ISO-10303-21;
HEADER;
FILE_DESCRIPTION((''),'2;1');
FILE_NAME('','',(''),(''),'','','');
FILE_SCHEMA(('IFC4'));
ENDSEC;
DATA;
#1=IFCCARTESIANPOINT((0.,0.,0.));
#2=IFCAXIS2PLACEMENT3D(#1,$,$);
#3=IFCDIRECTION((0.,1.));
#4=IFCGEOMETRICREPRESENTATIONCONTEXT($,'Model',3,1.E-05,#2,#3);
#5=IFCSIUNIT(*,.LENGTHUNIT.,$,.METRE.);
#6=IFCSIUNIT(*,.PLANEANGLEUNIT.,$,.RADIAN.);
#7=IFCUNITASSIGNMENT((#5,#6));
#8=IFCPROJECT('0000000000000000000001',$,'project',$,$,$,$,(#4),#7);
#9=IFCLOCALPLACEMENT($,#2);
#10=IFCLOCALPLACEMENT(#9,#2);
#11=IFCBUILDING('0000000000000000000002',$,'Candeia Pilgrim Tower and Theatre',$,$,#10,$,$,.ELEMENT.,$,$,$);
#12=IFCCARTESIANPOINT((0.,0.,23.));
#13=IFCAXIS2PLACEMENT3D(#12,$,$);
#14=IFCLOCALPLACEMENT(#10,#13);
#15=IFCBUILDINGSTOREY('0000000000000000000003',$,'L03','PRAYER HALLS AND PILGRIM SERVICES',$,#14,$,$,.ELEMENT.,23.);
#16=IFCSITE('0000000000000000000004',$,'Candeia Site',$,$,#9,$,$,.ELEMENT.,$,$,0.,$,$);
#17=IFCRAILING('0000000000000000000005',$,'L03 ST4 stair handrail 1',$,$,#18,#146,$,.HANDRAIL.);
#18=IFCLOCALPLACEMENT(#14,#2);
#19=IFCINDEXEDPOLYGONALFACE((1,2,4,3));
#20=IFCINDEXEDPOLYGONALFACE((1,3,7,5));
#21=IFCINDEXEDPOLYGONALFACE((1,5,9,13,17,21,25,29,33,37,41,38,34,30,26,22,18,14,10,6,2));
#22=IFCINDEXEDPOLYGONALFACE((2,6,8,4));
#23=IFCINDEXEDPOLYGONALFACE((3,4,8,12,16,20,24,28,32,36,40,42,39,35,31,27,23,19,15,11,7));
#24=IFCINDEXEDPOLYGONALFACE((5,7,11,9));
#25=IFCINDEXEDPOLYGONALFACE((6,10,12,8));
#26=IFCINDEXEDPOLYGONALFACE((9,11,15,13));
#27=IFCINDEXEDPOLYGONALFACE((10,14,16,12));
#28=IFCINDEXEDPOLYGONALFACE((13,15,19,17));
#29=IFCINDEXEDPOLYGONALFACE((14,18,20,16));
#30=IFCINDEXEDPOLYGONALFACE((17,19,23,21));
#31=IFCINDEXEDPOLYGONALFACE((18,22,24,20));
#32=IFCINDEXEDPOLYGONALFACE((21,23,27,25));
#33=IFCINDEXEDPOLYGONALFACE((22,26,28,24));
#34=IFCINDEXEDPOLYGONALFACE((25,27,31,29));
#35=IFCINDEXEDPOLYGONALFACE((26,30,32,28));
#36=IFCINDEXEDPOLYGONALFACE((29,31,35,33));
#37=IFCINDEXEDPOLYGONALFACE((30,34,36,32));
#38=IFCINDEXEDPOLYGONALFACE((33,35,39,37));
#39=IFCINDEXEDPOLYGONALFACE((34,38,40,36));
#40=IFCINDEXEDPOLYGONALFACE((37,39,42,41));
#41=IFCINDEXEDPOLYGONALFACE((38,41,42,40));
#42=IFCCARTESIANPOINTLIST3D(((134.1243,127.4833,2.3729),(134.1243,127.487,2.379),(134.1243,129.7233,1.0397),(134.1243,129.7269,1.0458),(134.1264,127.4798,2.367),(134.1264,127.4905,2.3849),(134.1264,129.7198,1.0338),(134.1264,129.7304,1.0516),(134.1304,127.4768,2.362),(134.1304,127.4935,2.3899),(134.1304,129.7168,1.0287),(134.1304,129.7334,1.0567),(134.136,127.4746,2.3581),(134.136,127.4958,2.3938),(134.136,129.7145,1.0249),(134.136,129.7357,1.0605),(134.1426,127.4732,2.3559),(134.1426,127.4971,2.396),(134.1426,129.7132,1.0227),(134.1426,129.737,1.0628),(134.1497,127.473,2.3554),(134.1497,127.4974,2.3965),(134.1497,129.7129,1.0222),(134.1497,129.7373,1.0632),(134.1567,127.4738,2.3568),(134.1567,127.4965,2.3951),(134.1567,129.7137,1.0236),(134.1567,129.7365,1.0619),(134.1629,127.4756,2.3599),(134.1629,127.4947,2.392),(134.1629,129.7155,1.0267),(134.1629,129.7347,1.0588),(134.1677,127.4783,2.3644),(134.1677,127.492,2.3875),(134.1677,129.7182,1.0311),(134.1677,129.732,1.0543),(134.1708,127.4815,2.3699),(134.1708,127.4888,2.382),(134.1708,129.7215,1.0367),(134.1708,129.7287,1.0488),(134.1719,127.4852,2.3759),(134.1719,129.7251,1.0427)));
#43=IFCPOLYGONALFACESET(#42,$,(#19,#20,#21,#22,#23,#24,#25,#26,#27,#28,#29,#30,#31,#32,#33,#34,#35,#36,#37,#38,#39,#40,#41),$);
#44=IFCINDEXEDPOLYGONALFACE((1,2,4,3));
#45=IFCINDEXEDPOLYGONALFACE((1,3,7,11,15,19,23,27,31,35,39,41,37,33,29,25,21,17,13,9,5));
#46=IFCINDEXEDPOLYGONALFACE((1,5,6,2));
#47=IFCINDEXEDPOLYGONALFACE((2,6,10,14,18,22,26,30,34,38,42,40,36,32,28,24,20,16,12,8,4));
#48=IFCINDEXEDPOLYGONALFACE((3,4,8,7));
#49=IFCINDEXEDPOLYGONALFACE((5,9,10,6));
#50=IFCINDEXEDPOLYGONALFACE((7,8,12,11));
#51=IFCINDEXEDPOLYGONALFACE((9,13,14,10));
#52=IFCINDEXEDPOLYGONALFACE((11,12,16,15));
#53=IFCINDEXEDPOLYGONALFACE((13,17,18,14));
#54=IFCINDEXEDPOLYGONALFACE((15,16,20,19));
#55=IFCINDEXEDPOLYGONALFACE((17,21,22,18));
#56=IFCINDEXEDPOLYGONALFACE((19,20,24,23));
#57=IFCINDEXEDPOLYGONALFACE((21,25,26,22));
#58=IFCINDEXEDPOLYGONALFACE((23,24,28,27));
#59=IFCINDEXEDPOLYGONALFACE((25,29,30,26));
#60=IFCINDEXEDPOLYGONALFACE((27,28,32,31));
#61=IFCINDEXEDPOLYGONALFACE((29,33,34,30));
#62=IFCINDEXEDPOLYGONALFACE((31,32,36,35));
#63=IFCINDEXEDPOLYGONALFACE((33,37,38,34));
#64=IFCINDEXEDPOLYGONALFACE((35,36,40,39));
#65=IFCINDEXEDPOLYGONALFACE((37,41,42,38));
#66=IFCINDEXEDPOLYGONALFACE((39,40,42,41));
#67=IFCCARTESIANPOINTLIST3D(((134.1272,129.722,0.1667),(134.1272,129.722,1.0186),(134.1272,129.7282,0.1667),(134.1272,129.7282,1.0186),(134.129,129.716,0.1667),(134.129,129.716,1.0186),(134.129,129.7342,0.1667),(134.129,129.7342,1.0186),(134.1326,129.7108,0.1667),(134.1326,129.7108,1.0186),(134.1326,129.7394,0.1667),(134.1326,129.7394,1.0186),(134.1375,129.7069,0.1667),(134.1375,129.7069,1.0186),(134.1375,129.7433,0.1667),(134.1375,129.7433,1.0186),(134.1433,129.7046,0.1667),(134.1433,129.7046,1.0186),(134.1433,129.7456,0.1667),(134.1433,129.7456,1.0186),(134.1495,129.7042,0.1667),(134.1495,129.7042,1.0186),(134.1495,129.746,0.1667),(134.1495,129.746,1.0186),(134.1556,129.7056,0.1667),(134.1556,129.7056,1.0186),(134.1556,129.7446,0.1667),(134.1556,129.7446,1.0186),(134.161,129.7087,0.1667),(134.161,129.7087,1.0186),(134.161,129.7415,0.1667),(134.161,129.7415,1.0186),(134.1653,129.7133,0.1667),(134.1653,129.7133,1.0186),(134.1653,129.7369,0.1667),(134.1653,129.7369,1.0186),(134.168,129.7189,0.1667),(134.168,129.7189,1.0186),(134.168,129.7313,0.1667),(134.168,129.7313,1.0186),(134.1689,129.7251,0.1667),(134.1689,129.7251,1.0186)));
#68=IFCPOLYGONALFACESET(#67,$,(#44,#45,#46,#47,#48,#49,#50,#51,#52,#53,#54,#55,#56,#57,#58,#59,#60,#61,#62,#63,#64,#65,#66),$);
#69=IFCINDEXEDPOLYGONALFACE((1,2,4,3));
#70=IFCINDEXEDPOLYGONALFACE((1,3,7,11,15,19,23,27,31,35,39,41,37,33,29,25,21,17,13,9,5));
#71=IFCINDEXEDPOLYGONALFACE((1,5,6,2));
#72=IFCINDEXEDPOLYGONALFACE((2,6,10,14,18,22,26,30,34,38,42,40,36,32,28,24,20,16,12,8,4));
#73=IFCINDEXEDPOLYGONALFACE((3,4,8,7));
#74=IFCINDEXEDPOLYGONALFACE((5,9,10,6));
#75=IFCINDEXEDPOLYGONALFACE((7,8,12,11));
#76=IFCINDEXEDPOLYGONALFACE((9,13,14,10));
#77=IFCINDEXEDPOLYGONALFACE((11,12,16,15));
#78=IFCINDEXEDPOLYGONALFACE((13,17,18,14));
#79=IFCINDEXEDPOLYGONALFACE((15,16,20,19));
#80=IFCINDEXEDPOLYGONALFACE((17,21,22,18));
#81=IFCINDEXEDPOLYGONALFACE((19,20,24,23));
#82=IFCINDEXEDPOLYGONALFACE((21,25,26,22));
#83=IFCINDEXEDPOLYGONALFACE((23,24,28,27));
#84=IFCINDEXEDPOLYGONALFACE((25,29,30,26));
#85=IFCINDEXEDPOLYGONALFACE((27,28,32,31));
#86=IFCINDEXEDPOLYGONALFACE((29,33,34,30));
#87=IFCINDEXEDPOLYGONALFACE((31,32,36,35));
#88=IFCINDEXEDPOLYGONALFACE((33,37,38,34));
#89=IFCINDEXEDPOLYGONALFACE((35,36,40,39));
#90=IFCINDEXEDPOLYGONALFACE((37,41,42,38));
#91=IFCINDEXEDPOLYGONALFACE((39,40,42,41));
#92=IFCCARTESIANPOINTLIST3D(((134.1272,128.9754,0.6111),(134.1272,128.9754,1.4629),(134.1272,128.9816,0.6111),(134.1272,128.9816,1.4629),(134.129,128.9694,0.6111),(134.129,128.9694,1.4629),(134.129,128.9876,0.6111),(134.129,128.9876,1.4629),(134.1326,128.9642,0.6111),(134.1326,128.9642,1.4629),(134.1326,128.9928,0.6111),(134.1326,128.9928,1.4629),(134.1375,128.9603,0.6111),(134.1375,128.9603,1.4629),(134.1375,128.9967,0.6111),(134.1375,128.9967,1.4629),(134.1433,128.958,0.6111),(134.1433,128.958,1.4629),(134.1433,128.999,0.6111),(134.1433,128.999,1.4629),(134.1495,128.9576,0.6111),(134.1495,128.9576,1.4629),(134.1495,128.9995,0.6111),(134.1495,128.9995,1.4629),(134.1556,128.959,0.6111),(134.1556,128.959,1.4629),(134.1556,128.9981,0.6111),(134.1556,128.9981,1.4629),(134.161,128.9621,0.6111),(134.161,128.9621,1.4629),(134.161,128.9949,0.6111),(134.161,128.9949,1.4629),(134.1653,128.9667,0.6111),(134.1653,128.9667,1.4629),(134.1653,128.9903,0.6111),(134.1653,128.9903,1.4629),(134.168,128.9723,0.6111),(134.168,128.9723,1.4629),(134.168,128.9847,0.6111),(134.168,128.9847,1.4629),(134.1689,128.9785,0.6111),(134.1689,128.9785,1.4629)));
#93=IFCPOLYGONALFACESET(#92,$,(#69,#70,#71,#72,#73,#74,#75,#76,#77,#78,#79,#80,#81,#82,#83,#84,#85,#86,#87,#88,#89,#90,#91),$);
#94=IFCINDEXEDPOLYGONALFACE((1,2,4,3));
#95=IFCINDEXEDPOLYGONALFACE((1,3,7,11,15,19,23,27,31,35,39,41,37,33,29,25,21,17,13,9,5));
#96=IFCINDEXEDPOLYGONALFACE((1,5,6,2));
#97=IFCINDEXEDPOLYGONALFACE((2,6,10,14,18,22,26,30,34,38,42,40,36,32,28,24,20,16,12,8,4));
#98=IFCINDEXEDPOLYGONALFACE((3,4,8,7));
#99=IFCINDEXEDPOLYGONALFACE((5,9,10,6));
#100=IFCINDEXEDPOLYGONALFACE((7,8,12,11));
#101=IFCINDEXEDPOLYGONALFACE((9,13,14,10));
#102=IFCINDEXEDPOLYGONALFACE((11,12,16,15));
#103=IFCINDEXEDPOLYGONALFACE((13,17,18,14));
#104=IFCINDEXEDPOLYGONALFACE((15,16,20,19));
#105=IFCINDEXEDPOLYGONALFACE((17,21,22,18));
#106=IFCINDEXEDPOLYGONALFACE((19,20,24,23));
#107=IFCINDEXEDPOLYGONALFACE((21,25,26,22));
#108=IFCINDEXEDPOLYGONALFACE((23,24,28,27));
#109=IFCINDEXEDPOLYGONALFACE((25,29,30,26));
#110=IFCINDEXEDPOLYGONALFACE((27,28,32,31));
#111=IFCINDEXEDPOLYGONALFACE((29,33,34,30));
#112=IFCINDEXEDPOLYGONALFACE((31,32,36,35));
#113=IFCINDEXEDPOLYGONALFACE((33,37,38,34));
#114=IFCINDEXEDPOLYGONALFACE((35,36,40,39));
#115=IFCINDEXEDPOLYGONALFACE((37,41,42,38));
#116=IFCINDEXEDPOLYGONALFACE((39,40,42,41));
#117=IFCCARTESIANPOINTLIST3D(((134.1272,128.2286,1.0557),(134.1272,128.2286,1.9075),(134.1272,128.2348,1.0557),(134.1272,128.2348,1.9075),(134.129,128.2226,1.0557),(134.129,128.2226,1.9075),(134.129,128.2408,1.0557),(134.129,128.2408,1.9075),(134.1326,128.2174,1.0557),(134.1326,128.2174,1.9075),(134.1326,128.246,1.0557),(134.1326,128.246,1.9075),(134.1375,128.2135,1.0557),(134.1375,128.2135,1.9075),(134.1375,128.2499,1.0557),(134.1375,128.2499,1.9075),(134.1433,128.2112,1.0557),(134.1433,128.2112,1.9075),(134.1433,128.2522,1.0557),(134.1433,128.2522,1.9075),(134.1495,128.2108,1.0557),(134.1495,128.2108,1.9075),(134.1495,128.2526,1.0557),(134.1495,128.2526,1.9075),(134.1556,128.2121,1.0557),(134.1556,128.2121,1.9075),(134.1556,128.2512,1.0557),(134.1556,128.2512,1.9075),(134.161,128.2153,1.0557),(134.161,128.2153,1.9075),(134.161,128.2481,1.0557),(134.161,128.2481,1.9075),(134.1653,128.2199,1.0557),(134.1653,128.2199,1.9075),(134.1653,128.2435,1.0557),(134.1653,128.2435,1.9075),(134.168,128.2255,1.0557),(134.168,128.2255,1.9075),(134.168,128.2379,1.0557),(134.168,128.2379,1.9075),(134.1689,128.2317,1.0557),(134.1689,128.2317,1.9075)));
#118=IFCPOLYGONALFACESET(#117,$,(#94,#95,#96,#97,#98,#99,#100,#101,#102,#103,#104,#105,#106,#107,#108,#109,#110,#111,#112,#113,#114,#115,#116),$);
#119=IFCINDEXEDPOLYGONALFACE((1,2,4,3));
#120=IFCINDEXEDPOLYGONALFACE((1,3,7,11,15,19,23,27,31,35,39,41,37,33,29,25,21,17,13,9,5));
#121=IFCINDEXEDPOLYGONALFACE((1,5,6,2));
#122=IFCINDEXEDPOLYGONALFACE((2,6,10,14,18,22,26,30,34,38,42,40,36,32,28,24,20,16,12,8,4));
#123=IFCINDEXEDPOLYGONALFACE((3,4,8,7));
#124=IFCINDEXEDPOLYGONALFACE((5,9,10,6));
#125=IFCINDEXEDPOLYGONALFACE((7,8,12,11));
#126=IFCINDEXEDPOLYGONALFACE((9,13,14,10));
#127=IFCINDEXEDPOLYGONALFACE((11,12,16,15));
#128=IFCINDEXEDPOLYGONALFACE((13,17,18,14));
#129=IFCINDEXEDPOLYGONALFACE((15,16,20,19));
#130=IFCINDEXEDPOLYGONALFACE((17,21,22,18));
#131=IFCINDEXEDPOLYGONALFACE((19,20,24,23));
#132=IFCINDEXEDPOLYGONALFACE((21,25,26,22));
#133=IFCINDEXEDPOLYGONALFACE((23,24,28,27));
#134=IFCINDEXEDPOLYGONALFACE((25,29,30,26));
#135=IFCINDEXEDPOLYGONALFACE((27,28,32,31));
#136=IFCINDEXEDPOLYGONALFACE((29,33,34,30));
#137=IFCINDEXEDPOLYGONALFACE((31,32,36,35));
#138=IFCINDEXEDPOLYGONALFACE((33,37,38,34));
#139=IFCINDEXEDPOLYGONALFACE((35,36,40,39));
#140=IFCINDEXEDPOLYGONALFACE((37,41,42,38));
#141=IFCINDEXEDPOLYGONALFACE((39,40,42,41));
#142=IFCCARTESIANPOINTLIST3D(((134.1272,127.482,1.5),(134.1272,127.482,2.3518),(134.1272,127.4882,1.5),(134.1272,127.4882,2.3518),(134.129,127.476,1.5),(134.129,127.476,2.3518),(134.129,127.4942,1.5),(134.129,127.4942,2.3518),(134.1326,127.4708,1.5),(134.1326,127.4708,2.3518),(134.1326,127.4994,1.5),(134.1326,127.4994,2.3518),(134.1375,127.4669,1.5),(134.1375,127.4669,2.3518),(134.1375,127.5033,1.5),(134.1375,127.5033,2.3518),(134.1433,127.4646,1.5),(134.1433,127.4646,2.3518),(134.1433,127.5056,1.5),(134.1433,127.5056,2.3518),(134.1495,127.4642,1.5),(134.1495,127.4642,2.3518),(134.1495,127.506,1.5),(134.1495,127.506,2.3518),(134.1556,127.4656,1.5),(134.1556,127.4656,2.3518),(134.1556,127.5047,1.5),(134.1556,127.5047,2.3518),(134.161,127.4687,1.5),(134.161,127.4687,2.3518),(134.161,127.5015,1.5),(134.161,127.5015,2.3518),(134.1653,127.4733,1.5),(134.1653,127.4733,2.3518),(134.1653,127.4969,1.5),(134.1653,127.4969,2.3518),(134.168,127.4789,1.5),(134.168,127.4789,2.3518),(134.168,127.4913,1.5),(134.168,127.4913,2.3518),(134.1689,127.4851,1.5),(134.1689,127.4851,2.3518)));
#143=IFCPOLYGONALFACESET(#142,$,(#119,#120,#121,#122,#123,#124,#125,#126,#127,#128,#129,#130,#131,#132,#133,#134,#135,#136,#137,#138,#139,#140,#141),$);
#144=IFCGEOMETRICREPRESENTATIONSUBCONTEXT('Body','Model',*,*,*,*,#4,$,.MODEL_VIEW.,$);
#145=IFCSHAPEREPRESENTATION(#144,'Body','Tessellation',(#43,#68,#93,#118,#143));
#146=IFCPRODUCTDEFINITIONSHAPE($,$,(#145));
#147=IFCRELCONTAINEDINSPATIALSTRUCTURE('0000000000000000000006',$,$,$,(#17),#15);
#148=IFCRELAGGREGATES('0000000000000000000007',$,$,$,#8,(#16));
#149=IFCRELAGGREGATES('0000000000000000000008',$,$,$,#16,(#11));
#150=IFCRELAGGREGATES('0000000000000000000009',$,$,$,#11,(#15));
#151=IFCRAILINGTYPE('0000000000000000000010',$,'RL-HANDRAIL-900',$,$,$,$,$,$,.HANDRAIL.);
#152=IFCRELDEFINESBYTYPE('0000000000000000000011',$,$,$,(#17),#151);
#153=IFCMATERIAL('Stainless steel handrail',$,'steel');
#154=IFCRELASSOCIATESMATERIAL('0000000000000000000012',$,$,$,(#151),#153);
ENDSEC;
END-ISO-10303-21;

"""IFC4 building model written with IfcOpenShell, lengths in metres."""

from ifc_helpers import new_model, si_unit, direction, frame, origin, origin_2d, place, context, subcontext, project, spatial, circle, extrude, material, type_object, element, save


model = new_model("IFC4")

# Units and contexts
model_context = context("Model", 3, precision=1e-05, world=origin(), true_north=direction((0.0, 1.0)))
body_context = subcontext(model_context, "Body", "Model", "MODEL_VIEW")
ifc_project = project(units=[si_unit("LENGTHUNIT", "METRE"), si_unit("PLANEANGLEUNIT", "RADIAN")], contexts=[model_context])

# Site, building, storey
site_placement = place(None, origin())
site = spatial("IfcSite", under=ifc_project, at=site_placement, Name="Candeia Site", CompositionType="ELEMENT", RefElevation=0.0)
building_placement = place(site_placement, origin())
building = spatial("IfcBuilding", under=site, at=building_placement, Name="Candeia Pilgrim Tower and Theatre", CompositionType="ELEMENT")
storey_placement = place(building_placement, frame((0.0, 0.0, 23.0)))
storey = spatial("IfcBuildingStorey", under=building, at=storey_placement, Name="L03", Description="PRAYER HALLS AND PILGRIM SERVICES", CompositionType="ELEMENT", Elevation=23.0)

# Railing
ifc_material_1 = material(Name="Stainless steel handrail", Category="steel")
railing_type_1 = type_object("IfcRailingType", Name="RL-HANDRAIL-900", PredefinedType="HANDRAIL", material=ifc_material_1)
for number, where, name in (
    (1, (134.1479, 129.7251, 0.1667), "L03 ST4 stair handrail 1"),
):
    element("IfcRailing", number, at=place(storey_placement, frame(where)), inside=storey, type_object=railing_type_1, Name=name, PredefinedType="HANDRAIL", context=body_context, shape_type="SweptSolid", body=[
        extrude(circle(Radius=0.0239, at=origin_2d()), frame((0.0, 0.0, 0.876), z_axis=(0.0, -0.859306, 0.511462), x_axis=(1.0, 0.0, 0.0)), (0.0, 0.0, 1.0), 2.6067),
        extrude(circle(Radius=0.021, at=origin_2d()), origin(), (0.0, 0.0, 1.0), 0.8518),
        extrude(circle(Radius=0.021, at=origin_2d()), frame((0.0, -0.7466, 0.4443)), (0.0, 0.0, 1.0), 0.8518),
        extrude(circle(Radius=0.021, at=origin_2d()), frame((0.0, -1.4934, 0.8889)), (0.0, 0.0, 1.0), 0.8518),
        extrude(circle(Radius=0.021, at=origin_2d()), frame((0.0, -2.24, 1.3333)), (0.0, 0.0, 1.0), 0.8518),
    ])

save(model, "model.ifc")
